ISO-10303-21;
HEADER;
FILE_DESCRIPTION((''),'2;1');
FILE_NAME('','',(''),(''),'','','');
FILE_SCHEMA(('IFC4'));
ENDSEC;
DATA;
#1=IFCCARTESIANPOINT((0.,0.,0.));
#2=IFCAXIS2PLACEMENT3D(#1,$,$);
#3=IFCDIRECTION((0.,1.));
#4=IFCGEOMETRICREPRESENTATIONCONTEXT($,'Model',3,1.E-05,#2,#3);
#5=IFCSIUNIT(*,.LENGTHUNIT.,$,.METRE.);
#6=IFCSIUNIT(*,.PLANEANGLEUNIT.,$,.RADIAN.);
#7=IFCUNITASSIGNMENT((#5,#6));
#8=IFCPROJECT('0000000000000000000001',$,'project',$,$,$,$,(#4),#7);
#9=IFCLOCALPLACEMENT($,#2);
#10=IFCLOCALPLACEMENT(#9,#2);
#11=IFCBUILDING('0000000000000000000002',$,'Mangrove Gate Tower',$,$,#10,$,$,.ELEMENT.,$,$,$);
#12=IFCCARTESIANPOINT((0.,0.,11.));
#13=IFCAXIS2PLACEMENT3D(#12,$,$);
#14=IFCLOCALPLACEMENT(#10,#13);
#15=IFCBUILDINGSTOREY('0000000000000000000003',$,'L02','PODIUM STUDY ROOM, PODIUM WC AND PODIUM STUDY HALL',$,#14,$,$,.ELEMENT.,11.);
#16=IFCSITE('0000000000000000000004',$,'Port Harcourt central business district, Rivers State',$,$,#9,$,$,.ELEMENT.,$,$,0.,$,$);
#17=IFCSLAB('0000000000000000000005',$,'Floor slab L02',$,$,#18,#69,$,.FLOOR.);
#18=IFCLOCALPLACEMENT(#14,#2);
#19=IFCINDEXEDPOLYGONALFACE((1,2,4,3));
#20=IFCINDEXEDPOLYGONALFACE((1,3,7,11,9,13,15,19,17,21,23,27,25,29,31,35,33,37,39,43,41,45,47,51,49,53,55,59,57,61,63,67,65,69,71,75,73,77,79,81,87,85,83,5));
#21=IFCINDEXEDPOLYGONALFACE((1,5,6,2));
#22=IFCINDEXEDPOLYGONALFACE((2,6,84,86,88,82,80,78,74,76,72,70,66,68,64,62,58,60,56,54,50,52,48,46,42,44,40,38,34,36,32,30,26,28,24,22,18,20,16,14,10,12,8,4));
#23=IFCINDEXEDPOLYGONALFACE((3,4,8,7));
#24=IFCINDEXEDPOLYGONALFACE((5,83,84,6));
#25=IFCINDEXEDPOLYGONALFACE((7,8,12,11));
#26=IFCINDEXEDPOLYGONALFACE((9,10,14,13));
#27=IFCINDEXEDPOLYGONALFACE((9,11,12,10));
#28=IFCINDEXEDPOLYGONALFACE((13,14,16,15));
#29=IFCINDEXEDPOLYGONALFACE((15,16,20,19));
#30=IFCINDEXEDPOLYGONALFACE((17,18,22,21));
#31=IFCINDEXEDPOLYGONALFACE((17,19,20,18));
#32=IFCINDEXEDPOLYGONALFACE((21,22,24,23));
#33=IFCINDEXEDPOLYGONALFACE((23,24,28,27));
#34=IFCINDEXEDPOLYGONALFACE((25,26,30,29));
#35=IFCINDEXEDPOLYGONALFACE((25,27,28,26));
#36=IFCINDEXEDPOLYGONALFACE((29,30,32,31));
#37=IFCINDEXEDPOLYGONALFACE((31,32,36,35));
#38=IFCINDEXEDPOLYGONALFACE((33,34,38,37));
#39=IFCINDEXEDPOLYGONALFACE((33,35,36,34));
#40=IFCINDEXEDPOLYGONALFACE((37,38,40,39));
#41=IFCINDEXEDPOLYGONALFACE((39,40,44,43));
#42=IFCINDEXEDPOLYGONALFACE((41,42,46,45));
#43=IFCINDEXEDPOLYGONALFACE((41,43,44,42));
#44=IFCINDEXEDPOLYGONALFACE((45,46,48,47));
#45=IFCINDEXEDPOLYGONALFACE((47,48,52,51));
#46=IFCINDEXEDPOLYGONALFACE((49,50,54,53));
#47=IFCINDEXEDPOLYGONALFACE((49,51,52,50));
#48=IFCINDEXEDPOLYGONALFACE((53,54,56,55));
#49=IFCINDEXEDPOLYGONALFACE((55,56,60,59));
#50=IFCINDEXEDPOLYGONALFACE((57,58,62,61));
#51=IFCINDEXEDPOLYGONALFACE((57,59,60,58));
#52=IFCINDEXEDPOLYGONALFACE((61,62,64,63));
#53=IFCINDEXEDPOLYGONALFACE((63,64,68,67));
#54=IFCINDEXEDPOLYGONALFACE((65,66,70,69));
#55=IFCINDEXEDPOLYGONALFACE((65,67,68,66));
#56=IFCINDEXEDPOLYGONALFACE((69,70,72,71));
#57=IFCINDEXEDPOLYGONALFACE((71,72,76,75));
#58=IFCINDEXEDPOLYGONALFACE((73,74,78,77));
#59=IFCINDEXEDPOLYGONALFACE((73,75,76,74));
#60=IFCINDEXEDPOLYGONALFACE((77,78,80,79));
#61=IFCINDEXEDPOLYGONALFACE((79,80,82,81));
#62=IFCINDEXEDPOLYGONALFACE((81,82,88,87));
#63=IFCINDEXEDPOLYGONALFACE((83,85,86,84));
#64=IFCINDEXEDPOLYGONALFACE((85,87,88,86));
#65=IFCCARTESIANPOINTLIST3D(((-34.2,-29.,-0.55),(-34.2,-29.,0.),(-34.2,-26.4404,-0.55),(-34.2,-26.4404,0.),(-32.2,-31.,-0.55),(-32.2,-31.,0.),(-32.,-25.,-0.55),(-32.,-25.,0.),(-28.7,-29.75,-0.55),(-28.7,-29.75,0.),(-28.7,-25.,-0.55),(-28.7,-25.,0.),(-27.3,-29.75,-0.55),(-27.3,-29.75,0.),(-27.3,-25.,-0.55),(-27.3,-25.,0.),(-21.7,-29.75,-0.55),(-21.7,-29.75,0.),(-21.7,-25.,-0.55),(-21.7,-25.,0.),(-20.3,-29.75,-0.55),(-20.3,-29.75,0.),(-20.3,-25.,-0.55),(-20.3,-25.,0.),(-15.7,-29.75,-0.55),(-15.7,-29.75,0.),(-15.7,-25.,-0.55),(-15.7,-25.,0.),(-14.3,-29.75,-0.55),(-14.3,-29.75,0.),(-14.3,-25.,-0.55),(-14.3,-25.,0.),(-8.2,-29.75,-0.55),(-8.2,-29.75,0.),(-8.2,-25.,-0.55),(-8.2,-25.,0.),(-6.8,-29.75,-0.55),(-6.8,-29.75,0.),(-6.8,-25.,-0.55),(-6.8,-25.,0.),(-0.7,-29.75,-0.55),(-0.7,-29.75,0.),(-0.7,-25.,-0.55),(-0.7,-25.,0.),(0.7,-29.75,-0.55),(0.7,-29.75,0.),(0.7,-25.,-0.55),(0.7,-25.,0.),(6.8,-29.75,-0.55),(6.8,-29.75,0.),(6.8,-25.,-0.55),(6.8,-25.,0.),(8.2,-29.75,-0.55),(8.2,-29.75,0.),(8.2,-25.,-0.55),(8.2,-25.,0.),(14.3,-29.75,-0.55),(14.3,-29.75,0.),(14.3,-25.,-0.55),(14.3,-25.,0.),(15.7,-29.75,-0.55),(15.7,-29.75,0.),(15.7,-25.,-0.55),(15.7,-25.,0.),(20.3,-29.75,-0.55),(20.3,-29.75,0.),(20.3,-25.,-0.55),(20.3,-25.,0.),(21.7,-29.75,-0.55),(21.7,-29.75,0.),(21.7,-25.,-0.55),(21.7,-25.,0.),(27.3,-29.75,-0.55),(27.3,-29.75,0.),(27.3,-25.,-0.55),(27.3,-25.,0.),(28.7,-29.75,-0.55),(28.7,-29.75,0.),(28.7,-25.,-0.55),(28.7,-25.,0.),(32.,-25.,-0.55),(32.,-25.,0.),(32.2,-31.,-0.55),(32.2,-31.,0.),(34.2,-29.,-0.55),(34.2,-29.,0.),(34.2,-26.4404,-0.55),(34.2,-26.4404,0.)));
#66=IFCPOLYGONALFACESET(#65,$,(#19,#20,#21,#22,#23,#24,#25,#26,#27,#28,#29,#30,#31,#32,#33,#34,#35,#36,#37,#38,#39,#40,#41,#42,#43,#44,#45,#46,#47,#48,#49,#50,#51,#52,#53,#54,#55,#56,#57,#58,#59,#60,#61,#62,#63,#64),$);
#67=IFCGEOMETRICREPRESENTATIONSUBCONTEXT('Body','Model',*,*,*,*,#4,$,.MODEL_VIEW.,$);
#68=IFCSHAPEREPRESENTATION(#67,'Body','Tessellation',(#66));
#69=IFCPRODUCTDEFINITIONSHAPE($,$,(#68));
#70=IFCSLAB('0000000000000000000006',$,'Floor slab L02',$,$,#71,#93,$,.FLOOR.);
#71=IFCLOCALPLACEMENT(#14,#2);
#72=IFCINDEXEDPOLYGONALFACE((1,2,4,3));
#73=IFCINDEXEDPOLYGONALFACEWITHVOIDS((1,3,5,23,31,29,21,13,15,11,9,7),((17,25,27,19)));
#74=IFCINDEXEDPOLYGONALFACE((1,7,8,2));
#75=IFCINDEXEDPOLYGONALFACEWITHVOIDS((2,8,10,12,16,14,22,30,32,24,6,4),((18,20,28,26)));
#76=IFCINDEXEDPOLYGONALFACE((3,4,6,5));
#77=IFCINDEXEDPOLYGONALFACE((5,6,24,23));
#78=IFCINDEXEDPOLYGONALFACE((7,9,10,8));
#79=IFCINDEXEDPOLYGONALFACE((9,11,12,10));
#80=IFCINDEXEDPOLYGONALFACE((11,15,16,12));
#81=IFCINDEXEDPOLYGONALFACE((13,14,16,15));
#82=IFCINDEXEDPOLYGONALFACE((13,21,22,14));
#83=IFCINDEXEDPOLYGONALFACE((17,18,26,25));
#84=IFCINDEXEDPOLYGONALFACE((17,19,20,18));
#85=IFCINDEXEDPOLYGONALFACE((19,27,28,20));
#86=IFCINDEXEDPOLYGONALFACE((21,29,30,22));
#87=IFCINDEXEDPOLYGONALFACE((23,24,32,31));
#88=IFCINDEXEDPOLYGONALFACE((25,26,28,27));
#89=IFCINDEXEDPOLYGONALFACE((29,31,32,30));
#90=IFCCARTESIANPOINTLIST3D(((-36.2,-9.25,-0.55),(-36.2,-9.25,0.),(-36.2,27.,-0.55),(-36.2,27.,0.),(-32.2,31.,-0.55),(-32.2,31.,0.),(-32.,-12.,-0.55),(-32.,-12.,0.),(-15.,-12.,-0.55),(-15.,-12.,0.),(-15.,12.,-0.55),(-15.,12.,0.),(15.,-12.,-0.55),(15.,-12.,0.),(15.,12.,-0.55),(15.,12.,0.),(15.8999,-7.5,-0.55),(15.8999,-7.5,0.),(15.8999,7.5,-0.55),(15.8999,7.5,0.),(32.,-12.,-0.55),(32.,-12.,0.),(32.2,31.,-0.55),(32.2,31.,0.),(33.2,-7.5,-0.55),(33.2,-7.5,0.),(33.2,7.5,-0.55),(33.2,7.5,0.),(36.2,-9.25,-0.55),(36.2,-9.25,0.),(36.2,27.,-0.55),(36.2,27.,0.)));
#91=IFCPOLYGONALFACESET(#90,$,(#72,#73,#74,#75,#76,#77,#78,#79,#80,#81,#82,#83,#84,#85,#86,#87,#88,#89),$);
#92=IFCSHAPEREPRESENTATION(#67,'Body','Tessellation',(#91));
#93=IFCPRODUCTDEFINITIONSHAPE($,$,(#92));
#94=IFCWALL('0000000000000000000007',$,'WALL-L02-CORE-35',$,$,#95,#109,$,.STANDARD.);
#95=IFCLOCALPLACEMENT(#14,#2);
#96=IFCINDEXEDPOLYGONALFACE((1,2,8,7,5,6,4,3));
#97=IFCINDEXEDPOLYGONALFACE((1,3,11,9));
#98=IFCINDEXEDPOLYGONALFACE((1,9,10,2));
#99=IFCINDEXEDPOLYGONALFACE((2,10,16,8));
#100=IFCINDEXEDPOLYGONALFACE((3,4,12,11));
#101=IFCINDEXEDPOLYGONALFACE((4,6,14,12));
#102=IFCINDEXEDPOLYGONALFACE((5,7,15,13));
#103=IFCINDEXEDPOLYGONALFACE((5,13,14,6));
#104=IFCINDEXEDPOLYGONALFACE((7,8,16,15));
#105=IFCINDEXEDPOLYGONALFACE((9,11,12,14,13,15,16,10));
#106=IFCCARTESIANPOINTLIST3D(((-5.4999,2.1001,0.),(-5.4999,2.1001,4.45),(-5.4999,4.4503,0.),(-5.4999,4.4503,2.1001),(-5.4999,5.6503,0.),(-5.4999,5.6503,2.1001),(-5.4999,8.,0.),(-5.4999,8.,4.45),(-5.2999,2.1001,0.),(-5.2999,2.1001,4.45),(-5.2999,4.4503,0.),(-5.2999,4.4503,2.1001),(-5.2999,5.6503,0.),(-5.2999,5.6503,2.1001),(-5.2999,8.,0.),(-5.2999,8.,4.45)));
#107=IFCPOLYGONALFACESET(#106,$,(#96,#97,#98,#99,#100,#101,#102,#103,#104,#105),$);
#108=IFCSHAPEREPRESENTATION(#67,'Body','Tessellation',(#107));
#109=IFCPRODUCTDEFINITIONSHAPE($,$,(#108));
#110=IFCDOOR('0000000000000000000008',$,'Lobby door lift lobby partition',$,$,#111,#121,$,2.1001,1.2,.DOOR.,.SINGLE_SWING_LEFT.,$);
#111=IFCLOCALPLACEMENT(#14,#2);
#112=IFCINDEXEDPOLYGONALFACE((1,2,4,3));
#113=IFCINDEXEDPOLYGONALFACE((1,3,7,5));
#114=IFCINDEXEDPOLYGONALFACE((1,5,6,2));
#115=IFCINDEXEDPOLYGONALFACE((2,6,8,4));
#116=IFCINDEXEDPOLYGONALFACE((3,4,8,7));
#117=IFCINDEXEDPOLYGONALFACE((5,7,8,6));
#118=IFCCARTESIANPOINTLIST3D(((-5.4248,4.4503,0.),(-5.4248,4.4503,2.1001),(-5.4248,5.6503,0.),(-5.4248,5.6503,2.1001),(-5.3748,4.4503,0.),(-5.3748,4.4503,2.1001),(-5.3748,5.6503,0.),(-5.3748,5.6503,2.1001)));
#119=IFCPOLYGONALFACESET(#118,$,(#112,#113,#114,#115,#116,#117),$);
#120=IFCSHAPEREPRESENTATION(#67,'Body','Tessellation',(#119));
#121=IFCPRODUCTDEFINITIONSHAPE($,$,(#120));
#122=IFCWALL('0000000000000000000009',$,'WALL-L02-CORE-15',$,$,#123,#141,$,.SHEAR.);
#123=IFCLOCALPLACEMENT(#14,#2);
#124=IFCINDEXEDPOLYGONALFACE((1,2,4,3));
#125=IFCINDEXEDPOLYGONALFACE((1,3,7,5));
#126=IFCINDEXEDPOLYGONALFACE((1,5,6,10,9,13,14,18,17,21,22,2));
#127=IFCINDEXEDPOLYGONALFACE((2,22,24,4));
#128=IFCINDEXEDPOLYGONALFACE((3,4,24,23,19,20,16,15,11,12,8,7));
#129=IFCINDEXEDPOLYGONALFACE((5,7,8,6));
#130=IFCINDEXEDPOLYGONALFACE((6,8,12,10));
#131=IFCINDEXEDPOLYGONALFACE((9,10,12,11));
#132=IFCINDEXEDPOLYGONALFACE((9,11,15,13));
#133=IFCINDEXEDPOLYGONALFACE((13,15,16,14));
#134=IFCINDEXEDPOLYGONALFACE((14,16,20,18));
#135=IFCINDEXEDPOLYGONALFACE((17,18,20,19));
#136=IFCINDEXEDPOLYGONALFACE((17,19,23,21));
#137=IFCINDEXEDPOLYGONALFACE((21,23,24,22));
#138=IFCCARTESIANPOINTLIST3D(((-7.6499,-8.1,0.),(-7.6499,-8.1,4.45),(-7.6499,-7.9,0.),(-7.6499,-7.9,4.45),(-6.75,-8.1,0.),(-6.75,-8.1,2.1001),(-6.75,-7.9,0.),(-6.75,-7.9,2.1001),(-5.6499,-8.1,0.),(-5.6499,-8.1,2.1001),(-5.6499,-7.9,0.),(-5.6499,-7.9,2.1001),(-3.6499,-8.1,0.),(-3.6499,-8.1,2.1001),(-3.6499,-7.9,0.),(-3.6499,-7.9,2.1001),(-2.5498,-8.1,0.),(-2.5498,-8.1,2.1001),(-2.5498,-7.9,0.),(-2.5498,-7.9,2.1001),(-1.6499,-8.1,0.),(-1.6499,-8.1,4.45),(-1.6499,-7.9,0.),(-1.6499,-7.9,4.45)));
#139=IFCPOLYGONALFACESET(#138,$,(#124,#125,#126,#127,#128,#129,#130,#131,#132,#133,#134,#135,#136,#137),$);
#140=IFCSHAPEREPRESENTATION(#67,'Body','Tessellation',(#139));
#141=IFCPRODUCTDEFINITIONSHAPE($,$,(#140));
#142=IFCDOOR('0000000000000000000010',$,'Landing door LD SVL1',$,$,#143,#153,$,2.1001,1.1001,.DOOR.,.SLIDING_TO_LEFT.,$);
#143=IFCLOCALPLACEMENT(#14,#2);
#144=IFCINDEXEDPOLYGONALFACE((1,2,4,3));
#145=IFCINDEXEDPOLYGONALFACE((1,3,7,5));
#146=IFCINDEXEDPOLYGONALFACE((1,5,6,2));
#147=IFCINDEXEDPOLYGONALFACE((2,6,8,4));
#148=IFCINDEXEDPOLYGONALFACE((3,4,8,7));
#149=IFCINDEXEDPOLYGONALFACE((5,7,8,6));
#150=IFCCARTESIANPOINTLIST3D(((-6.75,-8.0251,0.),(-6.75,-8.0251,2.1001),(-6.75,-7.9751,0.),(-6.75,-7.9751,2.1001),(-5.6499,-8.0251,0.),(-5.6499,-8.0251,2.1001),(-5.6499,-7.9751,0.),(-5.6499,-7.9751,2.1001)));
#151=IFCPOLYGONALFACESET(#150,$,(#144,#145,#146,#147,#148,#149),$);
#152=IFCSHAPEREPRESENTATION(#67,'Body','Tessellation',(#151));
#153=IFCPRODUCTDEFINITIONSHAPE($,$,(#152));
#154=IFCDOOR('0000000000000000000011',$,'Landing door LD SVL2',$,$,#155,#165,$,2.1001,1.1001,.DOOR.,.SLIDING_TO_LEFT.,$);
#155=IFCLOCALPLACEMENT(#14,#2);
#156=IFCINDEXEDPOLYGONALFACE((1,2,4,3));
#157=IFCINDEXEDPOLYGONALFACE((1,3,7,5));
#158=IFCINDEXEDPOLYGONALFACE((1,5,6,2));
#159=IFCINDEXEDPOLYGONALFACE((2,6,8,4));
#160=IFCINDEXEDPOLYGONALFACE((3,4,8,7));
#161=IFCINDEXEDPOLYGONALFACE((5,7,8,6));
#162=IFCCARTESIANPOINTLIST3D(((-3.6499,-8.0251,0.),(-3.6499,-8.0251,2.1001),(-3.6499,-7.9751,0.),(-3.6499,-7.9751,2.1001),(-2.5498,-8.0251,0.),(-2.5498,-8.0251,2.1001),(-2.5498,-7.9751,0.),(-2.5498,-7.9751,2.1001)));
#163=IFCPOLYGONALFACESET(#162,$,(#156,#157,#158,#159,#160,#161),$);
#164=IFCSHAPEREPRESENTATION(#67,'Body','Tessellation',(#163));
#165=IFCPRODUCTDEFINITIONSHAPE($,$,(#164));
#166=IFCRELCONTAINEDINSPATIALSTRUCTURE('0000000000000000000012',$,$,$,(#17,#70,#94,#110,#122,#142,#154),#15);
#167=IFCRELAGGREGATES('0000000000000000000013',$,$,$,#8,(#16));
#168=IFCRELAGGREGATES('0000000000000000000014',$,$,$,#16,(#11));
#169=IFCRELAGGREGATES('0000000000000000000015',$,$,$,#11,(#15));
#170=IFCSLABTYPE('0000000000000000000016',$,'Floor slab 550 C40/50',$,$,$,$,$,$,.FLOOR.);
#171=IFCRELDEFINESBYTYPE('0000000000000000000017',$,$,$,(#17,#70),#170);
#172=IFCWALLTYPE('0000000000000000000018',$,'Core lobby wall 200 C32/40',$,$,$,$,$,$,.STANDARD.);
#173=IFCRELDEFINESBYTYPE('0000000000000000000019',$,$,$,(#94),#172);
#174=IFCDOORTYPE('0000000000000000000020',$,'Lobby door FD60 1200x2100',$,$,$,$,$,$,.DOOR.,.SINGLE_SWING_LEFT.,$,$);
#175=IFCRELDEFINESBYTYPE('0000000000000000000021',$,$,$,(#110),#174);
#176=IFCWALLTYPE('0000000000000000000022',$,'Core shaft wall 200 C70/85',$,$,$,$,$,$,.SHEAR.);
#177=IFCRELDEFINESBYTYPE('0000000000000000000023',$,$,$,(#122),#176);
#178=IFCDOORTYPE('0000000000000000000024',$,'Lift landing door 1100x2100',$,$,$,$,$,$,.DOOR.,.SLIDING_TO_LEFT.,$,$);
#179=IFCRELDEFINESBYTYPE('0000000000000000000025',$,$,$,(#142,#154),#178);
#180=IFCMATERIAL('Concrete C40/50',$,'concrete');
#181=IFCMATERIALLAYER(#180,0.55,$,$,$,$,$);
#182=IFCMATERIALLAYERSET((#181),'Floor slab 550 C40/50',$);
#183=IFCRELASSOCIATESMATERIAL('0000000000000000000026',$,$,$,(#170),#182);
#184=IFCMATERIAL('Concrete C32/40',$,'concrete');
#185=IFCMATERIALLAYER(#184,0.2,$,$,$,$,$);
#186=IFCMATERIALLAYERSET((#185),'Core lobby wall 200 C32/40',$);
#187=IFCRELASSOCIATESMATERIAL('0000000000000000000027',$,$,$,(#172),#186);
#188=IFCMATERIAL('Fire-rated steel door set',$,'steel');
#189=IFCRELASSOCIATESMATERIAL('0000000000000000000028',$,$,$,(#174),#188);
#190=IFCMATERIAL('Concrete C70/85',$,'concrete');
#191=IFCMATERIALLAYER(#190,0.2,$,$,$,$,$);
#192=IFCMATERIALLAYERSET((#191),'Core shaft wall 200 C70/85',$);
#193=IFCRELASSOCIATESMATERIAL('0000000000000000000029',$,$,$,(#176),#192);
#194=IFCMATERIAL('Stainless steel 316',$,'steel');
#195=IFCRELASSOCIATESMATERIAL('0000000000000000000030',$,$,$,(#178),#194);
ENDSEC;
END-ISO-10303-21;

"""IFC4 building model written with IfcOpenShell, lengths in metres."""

from ifc_helpers import new_model, si_unit, direction, frame, frame_2d, origin, place, context, subcontext, project, spatial, polyline, rectangle, outline, extrude, material, layer, layer_set, type_object, element, fill, save


model = new_model("IFC4")

# Units and contexts
model_context = context("Model", 3, precision=1e-05, world=origin(), true_north=direction((0.0, 1.0)))
body_context = subcontext(model_context, "Body", "Model", "MODEL_VIEW")
ifc_project = project(units=[si_unit("LENGTHUNIT", "METRE"), si_unit("PLANEANGLEUNIT", "RADIAN")], contexts=[model_context])

# Site, building, storey
site_placement = place(None, origin())
site = spatial("IfcSite", under=ifc_project, at=site_placement, Name="Port Harcourt central business district, Rivers State", CompositionType="ELEMENT", RefElevation=0.0)
building_placement = place(site_placement, origin())
building = spatial("IfcBuilding", under=site, at=building_placement, Name="Mangrove Gate Tower", CompositionType="ELEMENT")
storey_placement = place(building_placement, frame((0.0, 0.0, 11.0)))
storey = spatial("IfcBuildingStorey", under=building, at=storey_placement, Name="L02", Description="PODIUM STUDY ROOM, PODIUM WC AND PODIUM STUDY HALL", CompositionType="ELEMENT", Elevation=11.0)

# Slabs
ifc_material_1 = material(Name="Concrete C40/50", Category="concrete")
ifc_layer_1 = layer(ifc_material_1, 0.55)
ifc_layer_set_1 = layer_set([ifc_layer_1], Name="Floor slab 550 C40/50")
slab_type = type_object("IfcSlabType", Name="Floor slab 550 C40/50", PredefinedType="FLOOR", material=ifc_layer_set_1)
slab_1_placement = place(storey_placement, frame((0.0, 0.0, -0.55)))
element("IfcSlab", 1, at=slab_1_placement, inside=storey, type_object=slab_type, Name="Floor slab L02", PredefinedType="FLOOR", context=body_context, shape_type="SweptSolid", body=[
    extrude(outline(polyline([(-32.0, -25.0), (-34.2, -26.4404), (-34.2, -29.0), (-32.2, -31.0), (32.2, -31.0), (34.2, -29.0), (34.2, -26.4404), (32.0, -25.0), (28.7, -25.0), (28.7, -29.75), (27.3, -29.75), (27.3, -25.0), (21.7, -25.0), (21.7, -29.75), (20.3, -29.75), (20.3, -25.0), (15.7, -25.0), (15.7, -29.75), (14.3, -29.75), (14.3, -25.0), (8.2, -25.0), (8.2, -29.75), (6.8, -29.75), (6.8, -25.0), (0.7, -25.0), (0.7, -29.75), (-0.7, -29.75), (-0.7, -25.0), (-6.8, -25.0), (-6.8, -29.75), (-8.2, -29.75), (-8.2, -25.0), (-14.3, -25.0), (-14.3, -29.75), (-15.7, -29.75), (-15.7, -25.0), (-20.3, -25.0), (-20.3, -29.75), (-21.7, -29.75), (-21.7, -25.0), (-27.3, -25.0), (-27.3, -29.75), (-28.7, -29.75), (-28.7, -25.0), (-32.0, -25.0)])), origin(), (0.0, 0.0, 1.0), 0.55),
])
slab_2_placement = place(storey_placement, frame((0.0, 0.0, -0.55)))
element("IfcSlab", 2, at=slab_2_placement, inside=storey, type_object=slab_type, Name="Floor slab L02", PredefinedType="FLOOR", context=body_context, shape_type="SweptSolid", body=[
    extrude(outline(polyline([(36.2, -9.25), (36.2, 27.0), (32.2, 31.0), (-32.2, 31.0), (-36.2, 27.0), (-36.2, -9.25), (-32.0, -12.0), (-15.0, -12.0), (-15.0, 12.0), (15.0, 12.0), (15.0, -12.0), (32.0, -12.0), (36.2, -9.25)]), holes=[polyline([(15.8999, 7.5), (33.2, 7.5), (33.2, -7.5), (15.8999, -7.5), (15.8999, 7.5)])]), origin(), (0.0, 0.0, 1.0), 0.55),
])

# Wall, opening, door
ifc_material_2 = material(Name="Concrete C32/40", Category="concrete")
ifc_layer_2 = layer(ifc_material_2, 0.2)
ifc_layer_set_2 = layer_set([ifc_layer_2], Name="Core lobby wall 200 C32/40")
wall_type_1 = type_object("IfcWallType", Name="Core lobby wall 200 C32/40", PredefinedType="STANDARD", material=ifc_layer_set_2)
wall_1_placement = place(storey_placement, frame((-5.3999, 2.1001, 0.0), z_axis=(0.0, 0.0, 1.0), x_axis=(0.0, 1.0, 0.0)))
wall_1 = element("IfcWall", 3, at=wall_1_placement, inside=storey, type_object=wall_type_1, Name="WALL-L02-CORE-35", PredefinedType="STANDARD", context=body_context, shape_type="SweptSolid", body=[
    extrude(rectangle(XDim=5.8999, YDim=0.2, at=frame_2d((2.95, 0.0))), origin(), (0.0, 0.0, 1.0), 4.45),
])
opening_1_placement = place(wall_1_placement, frame((2.3501, 0.0, 0.0)))
opening_1 = element("IfcOpeningElement", 4, at=opening_1_placement, cuts=wall_1, PredefinedType="OPENING", context=body_context, shape_type="SweptSolid", body=[
    extrude(rectangle(XDim=1.2, YDim=2.1001, at=frame_2d((0.6001, 1.05))), frame((0.0, 0.1099, 0.0), z_axis=(0.0, -1.0, 0.0), x_axis=(1.0, 0.0, 0.0)), (0.0, 0.0, 1.0), 0.22),
])
ifc_material_3 = material(Name="Fire-rated steel door set", Category="steel")
door_type_1 = type_object("IfcDoorType", Name="Lobby door FD60 1200x2100", OperationType="SINGLE_SWING_LEFT", PredefinedType="DOOR", material=ifc_material_3)
door_1_placement = place(opening_1_placement, origin())
door_1 = element("IfcDoor", 5, at=door_1_placement, inside=storey, type_object=door_type_1, Name="Lobby door lift lobby partition", OperationType="SINGLE_SWING_LEFT", OverallHeight=2.1001, OverallWidth=1.2, PredefinedType="DOOR", context=body_context, shape_type="SweptSolid", body=[
    extrude(rectangle(XDim=1.2, YDim=2.1001, at=frame_2d((0.6001, 1.05))), frame((0.0, 0.0249, 0.0), z_axis=(0.0, -1.0, 0.0), x_axis=(1.0, 0.0, 0.0)), (0.0, 0.0, 1.0), 0.05),
])
fill(opening_1, door_1)

# Wall, openings, doors
ifc_material_4 = material(Name="Concrete C70/85", Category="concrete")
ifc_layer_3 = layer(ifc_material_4, 0.2)
ifc_layer_set_3 = layer_set([ifc_layer_3], Name="Core shaft wall 200 C70/85")
wall_type_2 = type_object("IfcWallType", Name="Core shaft wall 200 C70/85", PredefinedType="SHEAR", material=ifc_layer_set_3)
wall_2_placement = place(storey_placement, frame((-7.6499, -8.0, 0.0), z_axis=(0.0, 0.0, 1.0), x_axis=(1.0, 0.0, 0.0)))
wall_2 = element("IfcWall", 6, at=wall_2_placement, inside=storey, type_object=wall_type_2, Name="WALL-L02-CORE-15", PredefinedType="SHEAR", context=body_context, shape_type="SweptSolid", body=[
    extrude(rectangle(XDim=6.0, YDim=0.2, at=frame_2d((3.0, 0.0))), origin(), (0.0, 0.0, 1.0), 4.45),
])
opening_2_placement = place(wall_2_placement, frame((0.8999, 0.0, 0.0)))
opening_2 = element("IfcOpeningElement", 7, at=opening_2_placement, cuts=wall_2, PredefinedType="OPENING", context=body_context, shape_type="SweptSolid", body=[
    extrude(rectangle(XDim=1.1001, YDim=2.1001, at=frame_2d((0.55, 1.05))), frame((0.0, 0.1099, 0.0), z_axis=(0.0, -1.0, 0.0), x_axis=(1.0, 0.0, 0.0)), (0.0, 0.0, 1.0), 0.22),
])
opening_3_placement = place(wall_2_placement, frame((4.0, 0.0, 0.0)))
opening_3 = element("IfcOpeningElement", 8, at=opening_3_placement, cuts=wall_2, PredefinedType="OPENING", context=body_context, shape_type="SweptSolid", body=[
    extrude(rectangle(XDim=1.1001, YDim=2.1001, at=frame_2d((0.55, 1.05))), frame((0.0, 0.1099, 0.0), z_axis=(0.0, -1.0, 0.0), x_axis=(1.0, 0.0, 0.0)), (0.0, 0.0, 1.0), 0.22),
])
ifc_material_5 = material(Name="Stainless steel 316", Category="steel")
door_type_2 = type_object("IfcDoorType", Name="Lift landing door 1100x2100", OperationType="SLIDING_TO_LEFT", PredefinedType="DOOR", material=ifc_material_5)
door_2_placement = place(opening_2_placement, origin())
door_2 = element("IfcDoor", 9, at=door_2_placement, inside=storey, type_object=door_type_2, Name="Landing door LD SVL1", OperationType="SLIDING_TO_LEFT", OverallHeight=2.1001, OverallWidth=1.1001, PredefinedType="DOOR", context=body_context, shape_type="SweptSolid", body=[
    extrude(rectangle(XDim=1.1001, YDim=2.1001, at=frame_2d((0.55, 1.05))), frame((0.0, 0.0249, 0.0), z_axis=(0.0, -1.0, 0.0), x_axis=(1.0, 0.0, 0.0)), (0.0, 0.0, 1.0), 0.05),
])
fill(opening_2, door_2)
door_3_placement = place(opening_3_placement, origin())
door_3 = element("IfcDoor", 10, at=door_3_placement, inside=storey, type_object=door_type_2, Name="Landing door LD SVL2", OperationType="SLIDING_TO_LEFT", OverallHeight=2.1001, OverallWidth=1.1001, PredefinedType="DOOR", context=body_context, shape_type="SweptSolid", body=[
    extrude(rectangle(XDim=1.1001, YDim=2.1001, at=frame_2d((0.55, 1.05))), frame((0.0, 0.0249, 0.0), z_axis=(0.0, -1.0, 0.0), x_axis=(1.0, 0.0, 0.0)), (0.0, 0.0, 1.0), 0.05),
])
fill(opening_3, door_3)

save(model, "model.ifc")
